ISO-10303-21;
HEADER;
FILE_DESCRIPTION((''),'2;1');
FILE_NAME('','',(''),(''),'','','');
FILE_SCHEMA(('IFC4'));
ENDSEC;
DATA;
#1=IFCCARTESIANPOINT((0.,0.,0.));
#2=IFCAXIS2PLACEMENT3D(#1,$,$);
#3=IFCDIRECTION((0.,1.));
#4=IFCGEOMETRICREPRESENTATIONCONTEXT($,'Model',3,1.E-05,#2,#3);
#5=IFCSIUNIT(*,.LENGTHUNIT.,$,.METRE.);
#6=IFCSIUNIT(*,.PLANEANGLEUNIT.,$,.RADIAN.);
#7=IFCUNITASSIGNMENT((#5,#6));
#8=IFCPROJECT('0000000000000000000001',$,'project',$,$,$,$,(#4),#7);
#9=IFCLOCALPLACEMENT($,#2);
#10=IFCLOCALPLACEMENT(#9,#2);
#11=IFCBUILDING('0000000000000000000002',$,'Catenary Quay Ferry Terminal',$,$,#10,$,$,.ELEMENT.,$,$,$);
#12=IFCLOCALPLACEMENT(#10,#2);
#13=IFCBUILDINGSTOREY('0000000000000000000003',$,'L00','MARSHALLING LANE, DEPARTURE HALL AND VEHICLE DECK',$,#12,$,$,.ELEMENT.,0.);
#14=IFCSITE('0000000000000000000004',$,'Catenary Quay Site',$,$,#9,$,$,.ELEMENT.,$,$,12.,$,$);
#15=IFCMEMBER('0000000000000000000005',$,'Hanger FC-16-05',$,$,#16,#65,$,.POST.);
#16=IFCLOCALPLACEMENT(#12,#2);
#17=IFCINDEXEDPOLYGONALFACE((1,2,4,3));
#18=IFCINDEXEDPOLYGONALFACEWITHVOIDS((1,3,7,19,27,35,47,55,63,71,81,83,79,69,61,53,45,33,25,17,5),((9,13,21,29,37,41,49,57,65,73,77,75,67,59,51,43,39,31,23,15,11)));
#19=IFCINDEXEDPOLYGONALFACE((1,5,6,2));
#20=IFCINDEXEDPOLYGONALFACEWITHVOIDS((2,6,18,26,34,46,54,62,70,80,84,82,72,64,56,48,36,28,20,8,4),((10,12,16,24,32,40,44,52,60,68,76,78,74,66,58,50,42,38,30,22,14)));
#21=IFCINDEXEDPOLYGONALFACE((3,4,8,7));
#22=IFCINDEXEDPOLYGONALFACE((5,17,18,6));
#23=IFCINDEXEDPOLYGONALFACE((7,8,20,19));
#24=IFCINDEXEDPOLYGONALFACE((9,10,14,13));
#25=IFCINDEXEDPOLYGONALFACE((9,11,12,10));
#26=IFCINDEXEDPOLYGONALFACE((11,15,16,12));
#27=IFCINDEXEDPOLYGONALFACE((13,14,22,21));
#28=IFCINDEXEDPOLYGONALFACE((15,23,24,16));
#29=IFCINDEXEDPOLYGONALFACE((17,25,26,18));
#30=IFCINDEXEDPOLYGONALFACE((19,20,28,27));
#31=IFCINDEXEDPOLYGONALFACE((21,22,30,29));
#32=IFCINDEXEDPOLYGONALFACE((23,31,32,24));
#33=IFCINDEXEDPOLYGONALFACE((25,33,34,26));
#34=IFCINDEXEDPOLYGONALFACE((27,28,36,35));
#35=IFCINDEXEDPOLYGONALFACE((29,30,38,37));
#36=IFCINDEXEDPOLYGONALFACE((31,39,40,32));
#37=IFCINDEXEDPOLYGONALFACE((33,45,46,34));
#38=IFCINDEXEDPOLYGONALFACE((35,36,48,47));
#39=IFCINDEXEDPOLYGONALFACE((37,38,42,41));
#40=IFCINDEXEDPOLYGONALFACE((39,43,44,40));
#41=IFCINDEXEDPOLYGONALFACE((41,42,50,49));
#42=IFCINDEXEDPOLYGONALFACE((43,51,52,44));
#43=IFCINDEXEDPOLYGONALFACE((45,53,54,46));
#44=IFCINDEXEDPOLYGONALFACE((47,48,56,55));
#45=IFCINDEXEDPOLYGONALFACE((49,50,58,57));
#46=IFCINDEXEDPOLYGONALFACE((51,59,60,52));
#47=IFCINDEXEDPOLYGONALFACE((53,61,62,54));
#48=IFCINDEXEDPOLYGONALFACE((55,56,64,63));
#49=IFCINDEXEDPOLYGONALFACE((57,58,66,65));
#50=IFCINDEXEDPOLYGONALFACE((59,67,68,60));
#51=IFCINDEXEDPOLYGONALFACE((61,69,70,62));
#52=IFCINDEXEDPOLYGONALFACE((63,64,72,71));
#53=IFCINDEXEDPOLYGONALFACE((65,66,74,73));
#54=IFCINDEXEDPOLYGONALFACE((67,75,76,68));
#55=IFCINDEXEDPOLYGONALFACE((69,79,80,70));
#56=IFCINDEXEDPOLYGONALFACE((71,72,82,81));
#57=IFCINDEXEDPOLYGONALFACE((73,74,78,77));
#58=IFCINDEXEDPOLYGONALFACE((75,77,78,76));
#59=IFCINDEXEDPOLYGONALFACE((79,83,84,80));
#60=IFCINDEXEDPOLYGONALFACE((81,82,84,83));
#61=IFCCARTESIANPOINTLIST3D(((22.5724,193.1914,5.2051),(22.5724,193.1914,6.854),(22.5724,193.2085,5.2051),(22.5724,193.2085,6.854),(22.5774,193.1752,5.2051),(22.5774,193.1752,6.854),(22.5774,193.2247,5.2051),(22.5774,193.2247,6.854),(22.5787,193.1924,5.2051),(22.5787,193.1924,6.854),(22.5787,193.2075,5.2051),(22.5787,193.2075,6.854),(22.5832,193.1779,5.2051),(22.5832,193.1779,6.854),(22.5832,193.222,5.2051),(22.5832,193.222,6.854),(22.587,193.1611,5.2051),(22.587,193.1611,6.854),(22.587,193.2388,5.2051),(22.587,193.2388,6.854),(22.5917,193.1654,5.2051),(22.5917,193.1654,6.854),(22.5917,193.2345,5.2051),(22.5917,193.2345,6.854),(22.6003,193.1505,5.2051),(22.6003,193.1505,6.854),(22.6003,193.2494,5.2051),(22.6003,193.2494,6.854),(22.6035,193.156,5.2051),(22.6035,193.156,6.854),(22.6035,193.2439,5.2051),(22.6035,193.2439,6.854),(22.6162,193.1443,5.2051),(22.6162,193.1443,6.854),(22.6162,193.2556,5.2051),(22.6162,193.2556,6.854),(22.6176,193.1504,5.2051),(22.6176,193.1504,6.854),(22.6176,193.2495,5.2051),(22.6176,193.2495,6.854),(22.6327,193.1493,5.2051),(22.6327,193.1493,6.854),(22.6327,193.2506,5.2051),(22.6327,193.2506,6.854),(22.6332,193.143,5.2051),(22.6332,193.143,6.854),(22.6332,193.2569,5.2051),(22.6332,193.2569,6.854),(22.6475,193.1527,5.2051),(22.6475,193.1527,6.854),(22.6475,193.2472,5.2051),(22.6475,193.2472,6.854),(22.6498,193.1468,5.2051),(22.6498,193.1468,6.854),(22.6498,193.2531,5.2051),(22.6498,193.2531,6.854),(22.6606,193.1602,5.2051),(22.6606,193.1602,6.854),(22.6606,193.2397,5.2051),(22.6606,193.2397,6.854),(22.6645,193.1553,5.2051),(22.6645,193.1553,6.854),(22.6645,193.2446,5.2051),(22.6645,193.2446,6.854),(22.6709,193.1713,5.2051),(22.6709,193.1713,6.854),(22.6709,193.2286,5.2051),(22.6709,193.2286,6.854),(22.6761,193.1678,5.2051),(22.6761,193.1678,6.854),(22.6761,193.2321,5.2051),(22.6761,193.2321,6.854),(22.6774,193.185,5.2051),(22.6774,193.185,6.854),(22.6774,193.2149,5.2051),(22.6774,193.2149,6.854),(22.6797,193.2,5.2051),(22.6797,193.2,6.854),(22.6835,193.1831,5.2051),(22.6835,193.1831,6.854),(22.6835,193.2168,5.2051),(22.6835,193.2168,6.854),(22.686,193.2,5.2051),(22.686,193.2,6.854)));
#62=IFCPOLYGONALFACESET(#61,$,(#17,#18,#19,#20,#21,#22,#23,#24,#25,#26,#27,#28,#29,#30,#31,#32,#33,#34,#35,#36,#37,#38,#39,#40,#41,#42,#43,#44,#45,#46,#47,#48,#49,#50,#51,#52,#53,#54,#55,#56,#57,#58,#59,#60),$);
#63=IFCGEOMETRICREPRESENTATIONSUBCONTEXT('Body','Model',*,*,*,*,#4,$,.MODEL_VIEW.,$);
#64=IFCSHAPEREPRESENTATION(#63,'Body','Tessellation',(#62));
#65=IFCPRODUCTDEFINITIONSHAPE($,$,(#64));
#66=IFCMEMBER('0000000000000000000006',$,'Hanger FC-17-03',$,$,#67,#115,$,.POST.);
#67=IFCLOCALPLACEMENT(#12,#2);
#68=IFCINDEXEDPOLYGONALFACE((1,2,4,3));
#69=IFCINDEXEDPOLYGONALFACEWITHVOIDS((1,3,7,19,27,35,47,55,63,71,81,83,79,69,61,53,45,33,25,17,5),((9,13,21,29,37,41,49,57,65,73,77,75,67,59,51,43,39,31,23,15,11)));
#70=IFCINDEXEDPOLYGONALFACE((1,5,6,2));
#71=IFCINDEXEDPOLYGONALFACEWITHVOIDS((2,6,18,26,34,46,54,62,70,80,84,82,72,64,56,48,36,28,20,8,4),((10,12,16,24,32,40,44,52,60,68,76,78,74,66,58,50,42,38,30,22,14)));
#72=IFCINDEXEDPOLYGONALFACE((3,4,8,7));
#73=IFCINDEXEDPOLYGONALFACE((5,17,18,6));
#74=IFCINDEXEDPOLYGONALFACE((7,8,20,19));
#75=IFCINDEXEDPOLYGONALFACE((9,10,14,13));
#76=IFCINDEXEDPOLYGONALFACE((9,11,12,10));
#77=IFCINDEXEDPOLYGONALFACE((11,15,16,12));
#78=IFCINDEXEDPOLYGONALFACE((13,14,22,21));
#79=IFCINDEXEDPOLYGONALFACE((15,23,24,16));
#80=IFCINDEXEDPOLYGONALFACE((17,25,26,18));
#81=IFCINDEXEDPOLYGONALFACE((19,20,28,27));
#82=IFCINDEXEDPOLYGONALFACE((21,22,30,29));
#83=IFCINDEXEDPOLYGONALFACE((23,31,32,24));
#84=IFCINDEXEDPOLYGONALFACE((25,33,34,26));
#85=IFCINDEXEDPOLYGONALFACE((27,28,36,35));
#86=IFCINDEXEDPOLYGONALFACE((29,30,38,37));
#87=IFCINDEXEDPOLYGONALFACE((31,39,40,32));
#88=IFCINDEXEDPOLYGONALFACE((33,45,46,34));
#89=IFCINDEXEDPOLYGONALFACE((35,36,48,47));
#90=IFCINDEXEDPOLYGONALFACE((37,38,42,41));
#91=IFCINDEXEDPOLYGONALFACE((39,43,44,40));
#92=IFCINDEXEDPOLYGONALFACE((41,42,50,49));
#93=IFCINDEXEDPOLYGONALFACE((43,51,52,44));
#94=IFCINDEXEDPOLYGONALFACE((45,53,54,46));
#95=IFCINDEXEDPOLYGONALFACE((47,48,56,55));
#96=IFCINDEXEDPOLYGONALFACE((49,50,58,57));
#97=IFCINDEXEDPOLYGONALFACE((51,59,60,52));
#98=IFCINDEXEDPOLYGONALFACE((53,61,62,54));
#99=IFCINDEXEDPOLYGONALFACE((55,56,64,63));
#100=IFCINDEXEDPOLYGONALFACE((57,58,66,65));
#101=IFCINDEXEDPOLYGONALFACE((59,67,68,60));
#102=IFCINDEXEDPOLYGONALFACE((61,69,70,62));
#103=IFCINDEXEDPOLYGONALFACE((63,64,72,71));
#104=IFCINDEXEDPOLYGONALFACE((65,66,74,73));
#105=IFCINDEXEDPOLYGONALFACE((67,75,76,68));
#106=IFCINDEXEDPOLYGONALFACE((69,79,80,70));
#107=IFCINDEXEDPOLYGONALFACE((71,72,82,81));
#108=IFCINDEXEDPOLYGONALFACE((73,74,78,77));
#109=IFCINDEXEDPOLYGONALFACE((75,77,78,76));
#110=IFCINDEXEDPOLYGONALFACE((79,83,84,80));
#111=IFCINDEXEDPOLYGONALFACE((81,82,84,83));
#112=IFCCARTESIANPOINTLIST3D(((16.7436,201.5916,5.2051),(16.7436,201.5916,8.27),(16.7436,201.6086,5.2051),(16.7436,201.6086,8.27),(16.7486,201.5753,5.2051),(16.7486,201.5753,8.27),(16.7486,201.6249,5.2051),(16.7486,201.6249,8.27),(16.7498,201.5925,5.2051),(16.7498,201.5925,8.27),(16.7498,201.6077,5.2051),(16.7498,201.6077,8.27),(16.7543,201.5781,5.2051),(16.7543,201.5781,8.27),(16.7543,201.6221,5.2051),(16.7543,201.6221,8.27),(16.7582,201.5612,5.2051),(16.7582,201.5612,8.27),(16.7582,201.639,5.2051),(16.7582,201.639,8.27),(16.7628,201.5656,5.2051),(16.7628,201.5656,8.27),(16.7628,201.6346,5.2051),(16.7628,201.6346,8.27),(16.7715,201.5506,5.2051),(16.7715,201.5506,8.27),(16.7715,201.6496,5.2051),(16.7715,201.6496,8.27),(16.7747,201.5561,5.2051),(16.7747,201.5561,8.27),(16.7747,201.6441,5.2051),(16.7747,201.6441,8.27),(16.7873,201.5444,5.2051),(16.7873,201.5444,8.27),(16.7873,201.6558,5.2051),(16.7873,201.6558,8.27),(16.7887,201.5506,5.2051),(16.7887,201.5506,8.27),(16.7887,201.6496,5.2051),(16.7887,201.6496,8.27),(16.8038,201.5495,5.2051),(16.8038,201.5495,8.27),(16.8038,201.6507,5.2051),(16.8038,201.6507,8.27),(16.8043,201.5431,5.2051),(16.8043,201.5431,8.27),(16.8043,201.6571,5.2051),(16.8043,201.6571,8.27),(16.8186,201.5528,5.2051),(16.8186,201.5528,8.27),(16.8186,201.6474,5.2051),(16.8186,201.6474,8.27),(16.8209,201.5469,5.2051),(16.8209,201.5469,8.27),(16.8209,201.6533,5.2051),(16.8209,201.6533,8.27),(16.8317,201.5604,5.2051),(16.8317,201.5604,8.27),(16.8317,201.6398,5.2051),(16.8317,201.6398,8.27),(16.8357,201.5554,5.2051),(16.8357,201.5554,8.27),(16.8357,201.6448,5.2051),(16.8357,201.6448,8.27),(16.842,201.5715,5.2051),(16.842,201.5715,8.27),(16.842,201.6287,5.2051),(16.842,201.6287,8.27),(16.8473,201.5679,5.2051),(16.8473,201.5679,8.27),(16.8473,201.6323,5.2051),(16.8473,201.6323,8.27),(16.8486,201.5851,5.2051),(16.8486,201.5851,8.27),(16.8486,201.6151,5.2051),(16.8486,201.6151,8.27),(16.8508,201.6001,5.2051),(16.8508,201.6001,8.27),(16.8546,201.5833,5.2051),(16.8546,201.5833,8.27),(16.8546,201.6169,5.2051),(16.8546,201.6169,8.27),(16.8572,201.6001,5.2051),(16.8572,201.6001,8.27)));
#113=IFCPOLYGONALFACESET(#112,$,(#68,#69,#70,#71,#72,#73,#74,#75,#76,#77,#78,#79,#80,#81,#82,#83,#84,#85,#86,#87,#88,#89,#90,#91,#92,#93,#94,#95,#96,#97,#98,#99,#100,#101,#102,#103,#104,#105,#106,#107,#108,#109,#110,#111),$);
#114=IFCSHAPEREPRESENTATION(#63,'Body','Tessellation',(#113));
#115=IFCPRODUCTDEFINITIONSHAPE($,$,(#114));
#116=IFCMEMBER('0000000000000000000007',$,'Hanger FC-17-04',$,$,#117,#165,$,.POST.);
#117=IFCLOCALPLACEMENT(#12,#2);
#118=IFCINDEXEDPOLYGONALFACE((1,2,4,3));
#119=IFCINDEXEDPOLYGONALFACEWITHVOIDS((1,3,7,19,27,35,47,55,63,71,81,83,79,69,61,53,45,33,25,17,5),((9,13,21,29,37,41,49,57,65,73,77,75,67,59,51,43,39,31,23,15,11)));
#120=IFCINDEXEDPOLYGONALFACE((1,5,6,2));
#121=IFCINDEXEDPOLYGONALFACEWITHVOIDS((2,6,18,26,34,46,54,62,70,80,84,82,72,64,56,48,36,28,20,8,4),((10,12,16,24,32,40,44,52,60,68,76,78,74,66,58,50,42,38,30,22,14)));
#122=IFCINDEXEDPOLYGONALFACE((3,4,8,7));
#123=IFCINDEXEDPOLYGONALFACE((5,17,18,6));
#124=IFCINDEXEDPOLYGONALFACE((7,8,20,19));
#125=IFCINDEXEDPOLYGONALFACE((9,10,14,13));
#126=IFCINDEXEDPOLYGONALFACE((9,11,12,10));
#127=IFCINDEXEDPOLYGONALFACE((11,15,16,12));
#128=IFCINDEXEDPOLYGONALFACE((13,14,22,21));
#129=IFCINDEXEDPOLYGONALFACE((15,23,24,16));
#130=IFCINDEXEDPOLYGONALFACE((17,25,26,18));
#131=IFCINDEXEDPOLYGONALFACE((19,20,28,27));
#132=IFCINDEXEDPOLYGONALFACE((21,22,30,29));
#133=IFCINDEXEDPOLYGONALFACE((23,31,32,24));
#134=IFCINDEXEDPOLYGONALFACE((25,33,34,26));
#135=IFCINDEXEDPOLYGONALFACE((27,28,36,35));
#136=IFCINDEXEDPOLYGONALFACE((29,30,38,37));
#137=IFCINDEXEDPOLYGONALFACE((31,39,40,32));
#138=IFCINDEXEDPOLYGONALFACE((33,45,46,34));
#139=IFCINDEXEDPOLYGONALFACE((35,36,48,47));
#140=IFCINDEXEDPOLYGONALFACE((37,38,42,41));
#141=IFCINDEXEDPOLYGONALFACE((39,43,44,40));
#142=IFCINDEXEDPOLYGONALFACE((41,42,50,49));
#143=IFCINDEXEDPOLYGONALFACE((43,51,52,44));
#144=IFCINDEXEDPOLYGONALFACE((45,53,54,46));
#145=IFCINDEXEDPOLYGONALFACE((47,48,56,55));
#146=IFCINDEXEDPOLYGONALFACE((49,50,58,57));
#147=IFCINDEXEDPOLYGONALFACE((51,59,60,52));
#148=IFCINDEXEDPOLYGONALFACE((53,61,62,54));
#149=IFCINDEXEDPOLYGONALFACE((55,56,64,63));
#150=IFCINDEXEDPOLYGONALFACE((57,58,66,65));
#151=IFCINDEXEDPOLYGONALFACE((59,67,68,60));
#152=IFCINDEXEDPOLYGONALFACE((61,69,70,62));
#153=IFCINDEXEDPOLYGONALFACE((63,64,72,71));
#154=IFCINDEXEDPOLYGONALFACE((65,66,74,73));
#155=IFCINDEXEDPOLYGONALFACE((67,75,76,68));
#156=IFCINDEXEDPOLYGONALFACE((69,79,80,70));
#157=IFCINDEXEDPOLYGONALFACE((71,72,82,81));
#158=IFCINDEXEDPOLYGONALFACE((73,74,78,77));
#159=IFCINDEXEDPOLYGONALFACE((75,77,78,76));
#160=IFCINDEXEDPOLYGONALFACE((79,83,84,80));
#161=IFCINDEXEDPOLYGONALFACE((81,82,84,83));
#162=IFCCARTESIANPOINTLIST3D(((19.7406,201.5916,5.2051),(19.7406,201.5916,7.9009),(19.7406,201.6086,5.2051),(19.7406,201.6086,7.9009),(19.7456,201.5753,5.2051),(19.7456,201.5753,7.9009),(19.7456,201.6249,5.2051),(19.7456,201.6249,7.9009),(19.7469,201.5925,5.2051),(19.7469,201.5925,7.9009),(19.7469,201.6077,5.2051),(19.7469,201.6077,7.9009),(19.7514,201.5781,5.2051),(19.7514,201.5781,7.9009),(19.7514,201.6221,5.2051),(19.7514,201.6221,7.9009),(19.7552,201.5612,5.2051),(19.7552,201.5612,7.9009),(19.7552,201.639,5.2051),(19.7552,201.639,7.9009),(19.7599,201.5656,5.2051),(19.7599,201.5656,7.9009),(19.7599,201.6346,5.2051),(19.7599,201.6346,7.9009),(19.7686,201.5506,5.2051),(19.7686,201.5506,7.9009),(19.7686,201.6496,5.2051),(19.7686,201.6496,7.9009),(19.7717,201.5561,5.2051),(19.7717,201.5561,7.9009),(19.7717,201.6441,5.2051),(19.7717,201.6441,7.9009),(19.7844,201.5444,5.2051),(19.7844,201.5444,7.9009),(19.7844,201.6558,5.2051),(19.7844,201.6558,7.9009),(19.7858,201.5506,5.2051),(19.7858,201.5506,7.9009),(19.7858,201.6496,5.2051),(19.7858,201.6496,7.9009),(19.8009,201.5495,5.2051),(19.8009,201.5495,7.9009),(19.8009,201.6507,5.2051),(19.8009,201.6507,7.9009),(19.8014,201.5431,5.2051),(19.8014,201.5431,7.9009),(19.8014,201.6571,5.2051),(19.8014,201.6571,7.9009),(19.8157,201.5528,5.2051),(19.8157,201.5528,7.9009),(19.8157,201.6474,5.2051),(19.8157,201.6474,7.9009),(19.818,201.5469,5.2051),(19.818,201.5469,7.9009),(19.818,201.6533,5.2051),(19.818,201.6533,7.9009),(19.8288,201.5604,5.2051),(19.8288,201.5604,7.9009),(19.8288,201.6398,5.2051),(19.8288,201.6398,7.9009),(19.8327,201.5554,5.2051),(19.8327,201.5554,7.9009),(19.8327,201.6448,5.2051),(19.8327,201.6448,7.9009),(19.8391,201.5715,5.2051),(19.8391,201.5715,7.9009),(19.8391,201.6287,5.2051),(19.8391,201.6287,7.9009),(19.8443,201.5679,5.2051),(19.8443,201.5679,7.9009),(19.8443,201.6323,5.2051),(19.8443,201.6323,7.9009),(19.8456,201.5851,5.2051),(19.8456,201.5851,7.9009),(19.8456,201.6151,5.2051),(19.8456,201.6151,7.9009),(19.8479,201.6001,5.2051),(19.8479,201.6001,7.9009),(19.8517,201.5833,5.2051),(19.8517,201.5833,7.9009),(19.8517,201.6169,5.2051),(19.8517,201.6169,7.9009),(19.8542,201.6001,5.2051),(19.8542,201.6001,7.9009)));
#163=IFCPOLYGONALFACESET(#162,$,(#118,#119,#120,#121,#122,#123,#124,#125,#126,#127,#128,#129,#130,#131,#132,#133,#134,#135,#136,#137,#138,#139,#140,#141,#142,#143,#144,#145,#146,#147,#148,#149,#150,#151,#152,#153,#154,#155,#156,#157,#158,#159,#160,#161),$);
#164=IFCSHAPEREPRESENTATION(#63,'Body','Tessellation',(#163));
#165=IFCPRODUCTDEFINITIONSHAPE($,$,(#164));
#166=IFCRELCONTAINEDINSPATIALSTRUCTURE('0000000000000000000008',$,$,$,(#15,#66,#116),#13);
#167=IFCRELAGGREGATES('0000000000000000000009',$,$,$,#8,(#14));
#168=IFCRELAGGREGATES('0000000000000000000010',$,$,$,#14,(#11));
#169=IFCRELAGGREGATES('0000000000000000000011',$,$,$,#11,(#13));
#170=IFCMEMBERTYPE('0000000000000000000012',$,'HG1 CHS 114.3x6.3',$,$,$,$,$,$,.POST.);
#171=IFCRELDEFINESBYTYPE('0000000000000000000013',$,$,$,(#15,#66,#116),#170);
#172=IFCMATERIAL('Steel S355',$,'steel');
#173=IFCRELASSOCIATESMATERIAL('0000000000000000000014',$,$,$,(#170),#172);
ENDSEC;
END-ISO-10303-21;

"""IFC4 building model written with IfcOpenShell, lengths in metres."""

from ifc_helpers import new_model, si_unit, direction, frame, origin, origin_2d, place, context, subcontext, project, spatial, hollow_circle, extrude, material, material_profile, profile_set, type_object, element, save


model = new_model("IFC4")

# Units and contexts
model_context = context("Model", 3, precision=1e-05, world=origin(), true_north=direction((0.0, 1.0)))
body_context = subcontext(model_context, "Body", "Model", "MODEL_VIEW")
ifc_project = project(units=[si_unit("LENGTHUNIT", "METRE"), si_unit("PLANEANGLEUNIT", "RADIAN")], contexts=[model_context])

# Site, building, storey
site_placement = place(None, origin())
site = spatial("IfcSite", under=ifc_project, at=site_placement, Name="Catenary Quay Site", CompositionType="ELEMENT", RefElevation=12.0)
building_placement = place(site_placement, origin())
building = spatial("IfcBuilding", under=site, at=building_placement, Name="Catenary Quay Ferry Terminal", CompositionType="ELEMENT")
storey_placement = place(building_placement, origin())
storey = spatial("IfcBuildingStorey", under=building, at=storey_placement, Name="L00", Description="MARSHALLING LANE, DEPARTURE HALL AND VEHICLE DECK", CompositionType="ELEMENT", Elevation=0.0)

# Members
ifc_material_1 = material(Name="Steel S355", Category="steel")
ifc_material_profile_1 = material_profile(ifc_material_1, hollow_circle(Radius=0.0571, WallThickness=0.0063, at=origin_2d()), Name="CHS 114.3x6.3")
ifc_profile_set_1 = profile_set([ifc_material_profile_1], Name="Steel S355")
member_type_1 = type_object("IfcMemberType", Name="HG1 CHS 114.3x6.3", PredefinedType="POST", material=ifc_profile_set_1)
member_1_placement = place(storey_placement, frame((22.6289, 193.2, 5.2051), z_axis=(0.0, 0.0, 1.0), x_axis=(1.0, 0.0, 0.0)))
element("IfcMember", 1, at=member_1_placement, inside=storey, type_object=member_type_1, Name="Hanger FC-16-05", PredefinedType="POST", context=body_context, shape_type="SweptSolid", body=[
    extrude(hollow_circle(Radius=0.0571, WallThickness=0.0063, at=origin_2d()), origin(), (0.0, 0.0, 1.0), 1.6489),
])
member_2_placement = place(storey_placement, frame((16.8, 201.6001, 5.2051), z_axis=(0.0, 0.0, 1.0), x_axis=(1.0, 0.0, 0.0)))
element("IfcMember", 2, at=member_2_placement, inside=storey, type_object=member_type_1, Name="Hanger FC-17-03", PredefinedType="POST", context=body_context, shape_type="SweptSolid", body=[
    extrude(hollow_circle(Radius=0.0571, WallThickness=0.0063, at=origin_2d()), origin(), (0.0, 0.0, 1.0), 3.0649),
])
member_3_placement = place(storey_placement, frame((19.7971, 201.6001, 5.2051), z_axis=(0.0, 0.0, 1.0), x_axis=(1.0, 0.0, 0.0)))
element("IfcMember", 3, at=member_3_placement, inside=storey, type_object=member_type_1, Name="Hanger FC-17-04", PredefinedType="POST", context=body_context, shape_type="SweptSolid", body=[
    extrude(hollow_circle(Radius=0.0571, WallThickness=0.0063, at=origin_2d()), origin(), (0.0, 0.0, 1.0), 2.6958),
])

save(model, "model.ifc")
